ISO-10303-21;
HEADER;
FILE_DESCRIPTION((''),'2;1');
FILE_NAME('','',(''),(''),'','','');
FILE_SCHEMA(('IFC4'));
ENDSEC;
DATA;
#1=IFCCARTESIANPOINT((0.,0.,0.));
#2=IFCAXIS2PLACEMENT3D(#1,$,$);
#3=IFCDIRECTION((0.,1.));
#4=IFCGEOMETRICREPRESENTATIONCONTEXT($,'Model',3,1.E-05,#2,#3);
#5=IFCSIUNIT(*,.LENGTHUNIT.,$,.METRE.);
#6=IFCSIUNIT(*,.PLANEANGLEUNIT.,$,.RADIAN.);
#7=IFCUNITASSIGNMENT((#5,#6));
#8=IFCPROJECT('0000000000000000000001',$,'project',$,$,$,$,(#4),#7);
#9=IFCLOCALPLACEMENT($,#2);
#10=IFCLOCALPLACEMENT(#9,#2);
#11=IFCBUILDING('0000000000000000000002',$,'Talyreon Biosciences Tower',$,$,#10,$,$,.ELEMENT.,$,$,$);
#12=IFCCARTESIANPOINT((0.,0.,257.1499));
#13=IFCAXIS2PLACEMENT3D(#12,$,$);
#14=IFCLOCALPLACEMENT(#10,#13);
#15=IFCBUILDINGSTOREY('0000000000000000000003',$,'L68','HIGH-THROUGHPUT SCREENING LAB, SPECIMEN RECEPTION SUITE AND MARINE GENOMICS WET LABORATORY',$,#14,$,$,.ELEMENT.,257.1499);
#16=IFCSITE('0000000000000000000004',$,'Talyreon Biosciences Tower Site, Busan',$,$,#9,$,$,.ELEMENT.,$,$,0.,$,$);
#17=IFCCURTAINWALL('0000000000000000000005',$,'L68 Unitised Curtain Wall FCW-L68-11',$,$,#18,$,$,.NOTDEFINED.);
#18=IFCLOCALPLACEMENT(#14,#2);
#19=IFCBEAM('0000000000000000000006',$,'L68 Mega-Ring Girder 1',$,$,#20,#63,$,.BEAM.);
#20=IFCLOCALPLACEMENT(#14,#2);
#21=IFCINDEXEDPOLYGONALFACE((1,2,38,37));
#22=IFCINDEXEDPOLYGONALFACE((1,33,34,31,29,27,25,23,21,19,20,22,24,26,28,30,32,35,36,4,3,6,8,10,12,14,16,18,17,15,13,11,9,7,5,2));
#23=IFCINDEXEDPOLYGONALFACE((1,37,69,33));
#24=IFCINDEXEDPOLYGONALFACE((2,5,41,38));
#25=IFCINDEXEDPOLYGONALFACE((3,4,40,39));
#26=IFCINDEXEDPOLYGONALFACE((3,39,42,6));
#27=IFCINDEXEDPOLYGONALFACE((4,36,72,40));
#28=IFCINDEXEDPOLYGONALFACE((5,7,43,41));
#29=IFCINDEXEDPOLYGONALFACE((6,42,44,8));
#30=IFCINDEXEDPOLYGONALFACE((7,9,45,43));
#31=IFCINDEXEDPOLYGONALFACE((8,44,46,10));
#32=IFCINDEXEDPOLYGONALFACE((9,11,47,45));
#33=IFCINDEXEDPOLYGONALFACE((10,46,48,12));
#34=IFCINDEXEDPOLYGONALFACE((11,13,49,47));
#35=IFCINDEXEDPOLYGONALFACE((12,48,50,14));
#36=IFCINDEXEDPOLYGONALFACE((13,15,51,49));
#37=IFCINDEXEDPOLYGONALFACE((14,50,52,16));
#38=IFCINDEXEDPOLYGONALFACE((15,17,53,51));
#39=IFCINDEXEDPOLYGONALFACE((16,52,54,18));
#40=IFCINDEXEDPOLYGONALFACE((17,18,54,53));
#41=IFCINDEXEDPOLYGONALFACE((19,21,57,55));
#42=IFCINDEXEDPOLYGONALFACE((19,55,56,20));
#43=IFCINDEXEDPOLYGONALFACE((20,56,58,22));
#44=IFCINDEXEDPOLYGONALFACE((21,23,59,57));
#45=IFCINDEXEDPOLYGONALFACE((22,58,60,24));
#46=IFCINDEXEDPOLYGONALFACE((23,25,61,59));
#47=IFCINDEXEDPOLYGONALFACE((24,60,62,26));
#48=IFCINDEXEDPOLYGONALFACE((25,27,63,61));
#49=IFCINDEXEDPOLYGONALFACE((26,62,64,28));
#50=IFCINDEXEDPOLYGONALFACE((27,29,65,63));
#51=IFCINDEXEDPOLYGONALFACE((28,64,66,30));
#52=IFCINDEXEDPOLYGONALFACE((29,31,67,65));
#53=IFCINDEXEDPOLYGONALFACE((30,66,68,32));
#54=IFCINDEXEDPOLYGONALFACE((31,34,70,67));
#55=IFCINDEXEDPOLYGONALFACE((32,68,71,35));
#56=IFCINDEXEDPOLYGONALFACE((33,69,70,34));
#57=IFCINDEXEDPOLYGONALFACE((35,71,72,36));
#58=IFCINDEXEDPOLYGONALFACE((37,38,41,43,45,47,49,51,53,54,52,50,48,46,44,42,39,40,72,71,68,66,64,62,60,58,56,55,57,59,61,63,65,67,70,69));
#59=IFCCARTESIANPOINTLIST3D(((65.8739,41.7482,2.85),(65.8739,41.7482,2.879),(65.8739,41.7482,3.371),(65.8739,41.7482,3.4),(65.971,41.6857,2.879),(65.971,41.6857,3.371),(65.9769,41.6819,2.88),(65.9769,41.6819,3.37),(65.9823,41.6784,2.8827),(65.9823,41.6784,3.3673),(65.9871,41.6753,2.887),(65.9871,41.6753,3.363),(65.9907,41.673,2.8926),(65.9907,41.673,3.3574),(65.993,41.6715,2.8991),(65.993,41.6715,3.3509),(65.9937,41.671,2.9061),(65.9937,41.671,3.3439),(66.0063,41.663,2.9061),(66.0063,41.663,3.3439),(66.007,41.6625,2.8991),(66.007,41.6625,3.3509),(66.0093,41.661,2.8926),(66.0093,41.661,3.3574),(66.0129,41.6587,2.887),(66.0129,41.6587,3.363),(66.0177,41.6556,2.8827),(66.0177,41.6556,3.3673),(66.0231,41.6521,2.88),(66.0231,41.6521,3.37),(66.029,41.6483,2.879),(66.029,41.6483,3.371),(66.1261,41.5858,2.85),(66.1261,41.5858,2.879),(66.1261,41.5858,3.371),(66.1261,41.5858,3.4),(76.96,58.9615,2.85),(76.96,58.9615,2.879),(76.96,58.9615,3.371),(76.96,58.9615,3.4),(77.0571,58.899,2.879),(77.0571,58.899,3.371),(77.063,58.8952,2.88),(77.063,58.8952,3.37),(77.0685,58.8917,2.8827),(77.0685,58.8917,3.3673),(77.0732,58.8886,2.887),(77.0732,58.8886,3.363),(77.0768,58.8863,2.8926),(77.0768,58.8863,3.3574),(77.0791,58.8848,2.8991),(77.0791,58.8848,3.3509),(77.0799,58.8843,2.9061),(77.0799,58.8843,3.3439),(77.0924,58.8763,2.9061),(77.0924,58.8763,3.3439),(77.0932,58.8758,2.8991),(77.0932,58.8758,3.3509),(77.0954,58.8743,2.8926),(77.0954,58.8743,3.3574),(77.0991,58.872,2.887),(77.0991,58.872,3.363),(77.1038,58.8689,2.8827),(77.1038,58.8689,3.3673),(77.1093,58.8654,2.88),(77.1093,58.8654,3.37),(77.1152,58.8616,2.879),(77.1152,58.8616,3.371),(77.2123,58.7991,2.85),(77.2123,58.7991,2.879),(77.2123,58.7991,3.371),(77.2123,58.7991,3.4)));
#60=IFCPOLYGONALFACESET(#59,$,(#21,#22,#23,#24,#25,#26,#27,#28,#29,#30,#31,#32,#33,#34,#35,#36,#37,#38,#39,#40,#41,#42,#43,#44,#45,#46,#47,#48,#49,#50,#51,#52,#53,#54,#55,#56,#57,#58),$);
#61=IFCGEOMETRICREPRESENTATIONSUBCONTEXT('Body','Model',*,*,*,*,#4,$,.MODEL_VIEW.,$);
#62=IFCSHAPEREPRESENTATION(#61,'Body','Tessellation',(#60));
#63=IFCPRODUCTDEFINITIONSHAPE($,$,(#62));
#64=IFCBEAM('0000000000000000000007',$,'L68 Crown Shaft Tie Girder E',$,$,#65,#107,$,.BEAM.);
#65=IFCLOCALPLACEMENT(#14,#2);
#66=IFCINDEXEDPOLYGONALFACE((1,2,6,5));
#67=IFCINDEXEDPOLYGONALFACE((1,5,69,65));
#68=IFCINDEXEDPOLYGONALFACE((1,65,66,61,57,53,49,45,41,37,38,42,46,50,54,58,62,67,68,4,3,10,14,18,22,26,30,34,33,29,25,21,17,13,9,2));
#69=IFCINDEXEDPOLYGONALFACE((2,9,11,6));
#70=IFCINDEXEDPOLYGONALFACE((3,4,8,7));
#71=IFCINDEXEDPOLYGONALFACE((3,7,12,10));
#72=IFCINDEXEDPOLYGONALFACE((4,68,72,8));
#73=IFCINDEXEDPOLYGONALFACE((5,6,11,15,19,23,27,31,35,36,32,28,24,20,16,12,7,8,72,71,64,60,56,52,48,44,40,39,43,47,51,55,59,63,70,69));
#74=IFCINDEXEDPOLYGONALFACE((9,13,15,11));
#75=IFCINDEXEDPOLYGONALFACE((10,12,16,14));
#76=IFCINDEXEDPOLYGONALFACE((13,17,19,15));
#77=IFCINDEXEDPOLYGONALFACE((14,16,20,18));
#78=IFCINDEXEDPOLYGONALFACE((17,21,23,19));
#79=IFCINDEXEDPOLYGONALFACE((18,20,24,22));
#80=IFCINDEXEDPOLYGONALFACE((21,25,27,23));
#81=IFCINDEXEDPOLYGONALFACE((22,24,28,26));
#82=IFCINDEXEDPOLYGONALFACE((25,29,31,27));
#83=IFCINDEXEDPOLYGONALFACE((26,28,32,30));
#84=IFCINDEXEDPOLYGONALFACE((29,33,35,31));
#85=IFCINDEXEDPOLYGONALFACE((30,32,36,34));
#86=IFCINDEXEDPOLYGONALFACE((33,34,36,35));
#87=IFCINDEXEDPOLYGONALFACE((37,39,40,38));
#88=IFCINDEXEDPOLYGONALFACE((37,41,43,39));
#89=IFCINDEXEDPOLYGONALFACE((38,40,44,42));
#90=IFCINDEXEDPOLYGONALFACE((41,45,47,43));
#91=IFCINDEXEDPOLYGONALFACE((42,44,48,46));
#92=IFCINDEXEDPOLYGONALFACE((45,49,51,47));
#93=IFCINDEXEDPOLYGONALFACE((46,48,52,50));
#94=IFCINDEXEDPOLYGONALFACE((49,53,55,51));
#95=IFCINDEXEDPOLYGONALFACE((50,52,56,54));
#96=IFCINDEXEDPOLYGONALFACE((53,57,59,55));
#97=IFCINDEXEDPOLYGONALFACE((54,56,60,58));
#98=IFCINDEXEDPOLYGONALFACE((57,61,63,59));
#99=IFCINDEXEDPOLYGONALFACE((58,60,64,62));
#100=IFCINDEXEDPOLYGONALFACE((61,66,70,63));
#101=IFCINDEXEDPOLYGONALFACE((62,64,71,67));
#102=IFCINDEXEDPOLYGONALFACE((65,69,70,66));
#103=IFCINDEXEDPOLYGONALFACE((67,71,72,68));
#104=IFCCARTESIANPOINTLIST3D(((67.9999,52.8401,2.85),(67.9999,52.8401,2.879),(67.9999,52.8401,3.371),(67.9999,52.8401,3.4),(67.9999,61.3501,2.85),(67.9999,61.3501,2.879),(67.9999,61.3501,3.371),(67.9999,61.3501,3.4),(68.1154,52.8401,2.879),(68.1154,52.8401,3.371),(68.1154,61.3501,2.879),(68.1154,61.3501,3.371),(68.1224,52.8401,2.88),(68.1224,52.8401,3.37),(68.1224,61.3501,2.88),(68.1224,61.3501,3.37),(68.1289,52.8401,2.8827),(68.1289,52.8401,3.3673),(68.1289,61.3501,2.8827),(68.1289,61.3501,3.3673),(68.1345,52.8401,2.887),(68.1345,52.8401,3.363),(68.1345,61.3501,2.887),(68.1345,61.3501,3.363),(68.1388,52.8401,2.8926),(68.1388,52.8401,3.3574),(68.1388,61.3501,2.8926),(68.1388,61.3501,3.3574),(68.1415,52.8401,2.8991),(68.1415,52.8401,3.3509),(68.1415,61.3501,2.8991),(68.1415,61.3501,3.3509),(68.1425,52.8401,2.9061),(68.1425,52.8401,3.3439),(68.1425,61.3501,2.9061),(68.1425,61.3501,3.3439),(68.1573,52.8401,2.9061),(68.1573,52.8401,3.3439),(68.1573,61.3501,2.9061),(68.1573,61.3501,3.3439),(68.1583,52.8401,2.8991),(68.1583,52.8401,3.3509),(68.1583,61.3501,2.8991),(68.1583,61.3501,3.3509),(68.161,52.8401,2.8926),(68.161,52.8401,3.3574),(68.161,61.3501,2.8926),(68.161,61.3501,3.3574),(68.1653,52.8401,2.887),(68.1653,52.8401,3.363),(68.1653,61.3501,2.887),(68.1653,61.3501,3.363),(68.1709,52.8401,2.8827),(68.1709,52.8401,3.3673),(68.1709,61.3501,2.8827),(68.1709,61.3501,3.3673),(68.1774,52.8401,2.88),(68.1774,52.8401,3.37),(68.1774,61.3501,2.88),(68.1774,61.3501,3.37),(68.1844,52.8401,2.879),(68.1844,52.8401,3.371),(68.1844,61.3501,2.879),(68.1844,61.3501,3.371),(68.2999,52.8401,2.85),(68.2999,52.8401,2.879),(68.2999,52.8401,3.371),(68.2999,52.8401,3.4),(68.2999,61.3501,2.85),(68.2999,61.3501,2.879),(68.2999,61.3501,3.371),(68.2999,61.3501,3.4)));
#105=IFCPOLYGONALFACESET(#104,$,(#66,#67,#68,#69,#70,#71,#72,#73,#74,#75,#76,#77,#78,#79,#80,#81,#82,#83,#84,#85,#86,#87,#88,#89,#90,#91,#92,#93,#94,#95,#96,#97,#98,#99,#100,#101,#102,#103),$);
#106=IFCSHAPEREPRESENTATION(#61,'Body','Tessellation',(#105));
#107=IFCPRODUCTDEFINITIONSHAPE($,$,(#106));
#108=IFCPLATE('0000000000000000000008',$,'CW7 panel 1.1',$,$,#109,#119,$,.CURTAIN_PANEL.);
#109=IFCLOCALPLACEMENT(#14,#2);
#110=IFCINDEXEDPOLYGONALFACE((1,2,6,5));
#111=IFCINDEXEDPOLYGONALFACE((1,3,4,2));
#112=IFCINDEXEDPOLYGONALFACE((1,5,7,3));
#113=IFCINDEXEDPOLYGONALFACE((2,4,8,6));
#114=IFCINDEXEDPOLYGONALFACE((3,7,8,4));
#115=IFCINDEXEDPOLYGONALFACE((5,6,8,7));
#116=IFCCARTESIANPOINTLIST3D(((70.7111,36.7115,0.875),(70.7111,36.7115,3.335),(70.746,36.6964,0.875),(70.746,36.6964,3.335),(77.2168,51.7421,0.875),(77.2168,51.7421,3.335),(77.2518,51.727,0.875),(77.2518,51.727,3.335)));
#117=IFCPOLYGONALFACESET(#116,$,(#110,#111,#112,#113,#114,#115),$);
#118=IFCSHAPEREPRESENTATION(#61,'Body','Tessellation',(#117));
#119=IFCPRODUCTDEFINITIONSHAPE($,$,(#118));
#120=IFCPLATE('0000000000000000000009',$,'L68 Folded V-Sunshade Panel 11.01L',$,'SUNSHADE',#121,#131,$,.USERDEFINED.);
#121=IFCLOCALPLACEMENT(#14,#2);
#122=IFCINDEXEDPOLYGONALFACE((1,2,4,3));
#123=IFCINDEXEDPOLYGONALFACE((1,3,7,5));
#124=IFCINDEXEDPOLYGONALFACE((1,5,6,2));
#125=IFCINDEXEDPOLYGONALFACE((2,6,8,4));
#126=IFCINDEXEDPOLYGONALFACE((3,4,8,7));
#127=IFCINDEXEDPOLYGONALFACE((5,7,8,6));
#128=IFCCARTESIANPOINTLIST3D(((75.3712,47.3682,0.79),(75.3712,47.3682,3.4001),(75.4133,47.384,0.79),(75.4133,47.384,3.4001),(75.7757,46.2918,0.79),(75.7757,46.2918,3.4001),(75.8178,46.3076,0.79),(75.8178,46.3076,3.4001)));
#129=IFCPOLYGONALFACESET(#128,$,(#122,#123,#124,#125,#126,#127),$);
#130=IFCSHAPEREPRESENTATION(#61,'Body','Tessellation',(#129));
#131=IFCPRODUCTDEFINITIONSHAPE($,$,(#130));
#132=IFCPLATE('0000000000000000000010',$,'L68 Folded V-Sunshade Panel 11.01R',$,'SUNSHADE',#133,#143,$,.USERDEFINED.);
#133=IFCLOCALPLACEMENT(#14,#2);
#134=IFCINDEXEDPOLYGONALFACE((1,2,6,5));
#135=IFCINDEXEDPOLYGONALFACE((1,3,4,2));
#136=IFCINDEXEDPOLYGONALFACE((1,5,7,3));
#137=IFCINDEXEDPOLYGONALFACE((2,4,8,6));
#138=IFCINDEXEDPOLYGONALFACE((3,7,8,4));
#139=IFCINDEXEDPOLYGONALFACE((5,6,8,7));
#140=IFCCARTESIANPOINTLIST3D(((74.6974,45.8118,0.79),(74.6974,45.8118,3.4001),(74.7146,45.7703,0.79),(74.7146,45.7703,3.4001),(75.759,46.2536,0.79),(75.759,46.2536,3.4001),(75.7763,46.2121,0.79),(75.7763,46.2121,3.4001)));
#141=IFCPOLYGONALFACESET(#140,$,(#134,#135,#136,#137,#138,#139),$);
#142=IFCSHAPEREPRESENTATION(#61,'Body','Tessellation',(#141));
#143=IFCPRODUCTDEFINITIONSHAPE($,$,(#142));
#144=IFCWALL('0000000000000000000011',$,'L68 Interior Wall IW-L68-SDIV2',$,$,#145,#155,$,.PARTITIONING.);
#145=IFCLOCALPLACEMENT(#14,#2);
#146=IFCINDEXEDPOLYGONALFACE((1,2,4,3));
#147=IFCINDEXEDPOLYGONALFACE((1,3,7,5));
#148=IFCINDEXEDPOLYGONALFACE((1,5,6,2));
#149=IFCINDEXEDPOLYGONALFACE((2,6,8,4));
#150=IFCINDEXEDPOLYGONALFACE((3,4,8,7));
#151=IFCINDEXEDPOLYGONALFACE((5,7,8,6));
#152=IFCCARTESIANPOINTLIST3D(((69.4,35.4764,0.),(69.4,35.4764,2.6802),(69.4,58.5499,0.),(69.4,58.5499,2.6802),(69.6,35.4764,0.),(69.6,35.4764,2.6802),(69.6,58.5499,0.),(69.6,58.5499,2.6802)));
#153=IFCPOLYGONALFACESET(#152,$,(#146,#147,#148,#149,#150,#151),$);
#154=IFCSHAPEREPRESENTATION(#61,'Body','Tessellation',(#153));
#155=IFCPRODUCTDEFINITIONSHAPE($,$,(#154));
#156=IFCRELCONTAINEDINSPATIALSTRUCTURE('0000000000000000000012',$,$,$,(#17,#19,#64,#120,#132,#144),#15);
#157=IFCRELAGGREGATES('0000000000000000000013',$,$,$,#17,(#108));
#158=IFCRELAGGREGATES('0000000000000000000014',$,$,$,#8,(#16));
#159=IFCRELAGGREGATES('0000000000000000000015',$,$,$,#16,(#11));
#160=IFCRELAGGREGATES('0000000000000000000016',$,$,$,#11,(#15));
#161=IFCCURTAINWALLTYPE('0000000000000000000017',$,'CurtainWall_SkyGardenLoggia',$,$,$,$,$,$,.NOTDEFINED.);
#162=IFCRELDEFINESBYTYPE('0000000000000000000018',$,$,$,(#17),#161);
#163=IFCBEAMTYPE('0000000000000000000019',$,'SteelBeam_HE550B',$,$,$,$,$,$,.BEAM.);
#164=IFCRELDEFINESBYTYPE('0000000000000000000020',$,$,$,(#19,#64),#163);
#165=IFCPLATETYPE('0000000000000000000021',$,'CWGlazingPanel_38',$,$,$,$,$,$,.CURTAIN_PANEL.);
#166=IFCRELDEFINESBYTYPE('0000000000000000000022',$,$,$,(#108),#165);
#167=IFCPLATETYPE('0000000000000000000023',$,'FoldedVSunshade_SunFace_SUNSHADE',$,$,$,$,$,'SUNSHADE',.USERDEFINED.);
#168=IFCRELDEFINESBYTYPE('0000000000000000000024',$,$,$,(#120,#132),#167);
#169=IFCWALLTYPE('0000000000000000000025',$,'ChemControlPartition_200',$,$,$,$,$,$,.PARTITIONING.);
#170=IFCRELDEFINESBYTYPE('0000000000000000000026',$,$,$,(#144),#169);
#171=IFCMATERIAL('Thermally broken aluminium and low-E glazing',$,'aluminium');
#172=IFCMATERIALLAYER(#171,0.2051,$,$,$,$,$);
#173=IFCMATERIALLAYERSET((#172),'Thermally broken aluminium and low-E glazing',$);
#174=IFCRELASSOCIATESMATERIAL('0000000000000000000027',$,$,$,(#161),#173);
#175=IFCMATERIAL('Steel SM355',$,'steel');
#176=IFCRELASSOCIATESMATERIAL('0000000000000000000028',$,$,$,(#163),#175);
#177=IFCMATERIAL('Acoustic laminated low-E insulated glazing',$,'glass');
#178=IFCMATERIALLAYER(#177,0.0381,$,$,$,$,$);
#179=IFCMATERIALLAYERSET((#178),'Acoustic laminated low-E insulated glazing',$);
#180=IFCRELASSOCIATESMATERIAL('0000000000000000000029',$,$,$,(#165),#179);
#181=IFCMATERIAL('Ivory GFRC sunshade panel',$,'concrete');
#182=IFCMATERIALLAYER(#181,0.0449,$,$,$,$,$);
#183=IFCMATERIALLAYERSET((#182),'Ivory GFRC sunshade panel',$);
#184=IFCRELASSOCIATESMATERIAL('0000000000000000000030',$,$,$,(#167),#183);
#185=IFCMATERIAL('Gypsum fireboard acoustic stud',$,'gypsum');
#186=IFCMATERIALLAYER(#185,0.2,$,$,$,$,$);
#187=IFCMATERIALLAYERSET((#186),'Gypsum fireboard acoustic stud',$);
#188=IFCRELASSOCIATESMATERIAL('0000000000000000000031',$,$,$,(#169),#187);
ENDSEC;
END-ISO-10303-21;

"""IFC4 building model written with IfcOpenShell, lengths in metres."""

from ifc_helpers import new_model, si_unit, direction, frame, frame_2d, origin, origin_2d, place, context, subcontext, project, spatial, rectangle, i_section, extrude, material, layer, layer_set, material_profile, profile_set, type_object, element, aggregate, save


model = new_model("IFC4")

# Units and contexts
model_context = context("Model", 3, precision=1e-05, world=origin(), true_north=direction((0.0, 1.0)))
body_context = subcontext(model_context, "Body", "Model", "MODEL_VIEW")
ifc_project = project(units=[si_unit("LENGTHUNIT", "METRE"), si_unit("PLANEANGLEUNIT", "RADIAN")], contexts=[model_context])

# Site, building, storey
site_placement = place(None, origin())
site = spatial("IfcSite", under=ifc_project, at=site_placement, Name="Talyreon Biosciences Tower Site, Busan", CompositionType="ELEMENT", RefElevation=0.0)
building_placement = place(site_placement, origin())
building = spatial("IfcBuilding", under=site, at=building_placement, Name="Talyreon Biosciences Tower", CompositionType="ELEMENT")
storey_placement = place(building_placement, frame((0.0, 0.0, 257.1499)))
storey = spatial("IfcBuildingStorey", under=building, at=storey_placement, Name="L68", Description="HIGH-THROUGHPUT SCREENING LAB, SPECIMEN RECEPTION SUITE AND MARINE GENOMICS WET LABORATORY", CompositionType="ELEMENT", Elevation=257.1499)

# Curtain wall
ifc_material_1 = material(Name="Thermally broken aluminium and low-E glazing", Category="aluminium")
ifc_layer_1 = layer(ifc_material_1, 0.2051)
ifc_layer_set_1 = layer_set([ifc_layer_1], Name="Thermally broken aluminium and low-E glazing")
curtain_wall_type = type_object("IfcCurtainWallType", Name="CurtainWall_SkyGardenLoggia", PredefinedType="NOTDEFINED", material=ifc_layer_set_1)
curtain_wall_placement = place(storey_placement, origin())
curtain_wall = element("IfcCurtainWall", 1, at=curtain_wall_placement, inside=storey, type_object=curtain_wall_type, Name="L68 Unitised Curtain Wall FCW-L68-11", PredefinedType="NOTDEFINED")

# Beams
ifc_material_2 = material(Name="Steel SM355", Category="steel")
ifc_material_profile_1 = material_profile(ifc_material_2, i_section(OverallWidth=0.3, OverallDepth=0.55, WebThickness=0.0149, FlangeThickness=0.0291, FilletRadius=0.0271, at=origin_2d()), Name="HE550B")
ifc_profile_set_1 = profile_set([ifc_material_profile_1], Name="Steel SM355")
beam_type_1 = type_object("IfcBeamType", Name="SteelBeam_HE550B", PredefinedType="BEAM", material=ifc_profile_set_1)
beam_1_placement = place(storey_placement, frame((66.0, 41.667, 3.125), z_axis=(0.541464, 0.840724, 0.0), x_axis=(-0.840724, 0.541464, 0.0)))
element("IfcBeam", 2, at=beam_1_placement, inside=storey, type_object=beam_type_1, Name="L68 Mega-Ring Girder 1", PredefinedType="BEAM", context=body_context, shape_type="SweptSolid", body=[
    extrude(i_section(OverallWidth=0.3, OverallDepth=0.55, WebThickness=0.0149, FlangeThickness=0.0291, FilletRadius=0.0271, at=origin_2d()), origin(), (0.0, 0.0, 1.0), 20.4744),
])
beam_2_placement = place(storey_placement, frame((68.1499, 52.8401, 3.125), z_axis=(0.0, 1.0, 0.0), x_axis=(-1.0, 0.0, 0.0)))
element("IfcBeam", 3, at=beam_2_placement, inside=storey, type_object=beam_type_1, Name="L68 Crown Shaft Tie Girder E", PredefinedType="BEAM", context=body_context, shape_type="SweptSolid", body=[
    extrude(i_section(OverallWidth=0.3, OverallDepth=0.55, WebThickness=0.0149, FlangeThickness=0.0291, FilletRadius=0.0271, at=origin_2d()), origin(), (0.0, 0.0, 1.0), 8.51),
])

# Plate
ifc_material_3 = material(Name="Acoustic laminated low-E insulated glazing", Category="glass")
ifc_layer_2 = layer(ifc_material_3, 0.0381)
ifc_layer_set_2 = layer_set([ifc_layer_2], Name="Acoustic laminated low-E insulated glazing")
plate_type_1 = type_object("IfcPlateType", Name="CWGlazingPanel_38", PredefinedType="CURTAIN_PANEL", material=ifc_layer_set_2)
plate_placement = place(storey_placement, frame((73.9814, 44.2192, 0.875), z_axis=(0.0, 0.0, 1.0), x_axis=(-0.397221, -0.917723, 0.0)))
plate = element("IfcPlate", 4, at=plate_placement, type_object=plate_type_1, Name="CW7 panel 1.1", PredefinedType="CURTAIN_PANEL", context=body_context, shape_type="SweptSolid", body=[
    extrude(rectangle(XDim=16.3782, YDim=0.0381, at=origin_2d()), origin(), (0.0, 0.0, 1.0), 2.46),
])
aggregate(curtain_wall, [plate])

# Plates
ifc_material_4 = material(Name="Ivory GFRC sunshade panel", Category="concrete")
ifc_layer_3 = layer(ifc_material_4, 0.0449)
ifc_layer_set_3 = layer_set([ifc_layer_3], Name="Ivory GFRC sunshade panel")
plate_type_2 = type_object("IfcPlateType", Name="FoldedVSunshade_SunFace_SUNSHADE", ElementType="SUNSHADE", PredefinedType="USERDEFINED", material=ifc_layer_set_3)
for number, where, z_axis, x_axis, name in (
    (5, (75.5945, 46.8379, 0.79), (0.0, 0.0, 1.0), (0.35176, -0.93609, 0.0), "L68 Folded V-Sunshade Panel 11.01L"),
    (6, (75.2368, 46.012, 0.79), (0.0, 0.0, 1.0), (-0.923244, -0.384215, 0.0), "L68 Folded V-Sunshade Panel 11.01R"),
):
    element("IfcPlate", number, at=place(storey_placement, frame(where, z_axis=z_axis, x_axis=x_axis)), inside=storey, type_object=plate_type_2, Name=name, ObjectType="SUNSHADE", PredefinedType="USERDEFINED", context=body_context, shape_type="SweptSolid", body=[
        extrude(rectangle(XDim=1.1499, YDim=0.0449, at=origin_2d()), origin(), (0.0, 0.0, 1.0), 2.6101),
    ])

# Wall
ifc_material_5 = material(Name="Gypsum fireboard acoustic stud", Category="gypsum")
ifc_layer_4 = layer(ifc_material_5, 0.2)
ifc_layer_set_4 = layer_set([ifc_layer_4], Name="Gypsum fireboard acoustic stud")
wall_type_1 = type_object("IfcWallType", Name="ChemControlPartition_200", PredefinedType="PARTITIONING", material=ifc_layer_set_4)
wall_1_placement = place(storey_placement, frame((69.5, 35.4766, 0.0), z_axis=(0.0, 0.0, 1.0), x_axis=(0.0, 1.0, 0.0)))
element("IfcWall", 7, at=wall_1_placement, inside=storey, type_object=wall_type_1, Name="L68 Interior Wall IW-L68-SDIV2", PredefinedType="PARTITIONING", context=body_context, shape_type="SweptSolid", body=[
    extrude(rectangle(XDim=23.0735, YDim=0.2, at=frame_2d((11.5366, 0.0))), origin(), (0.0, 0.0, 1.0), 2.6802),
])

save(model, "model.ifc")
